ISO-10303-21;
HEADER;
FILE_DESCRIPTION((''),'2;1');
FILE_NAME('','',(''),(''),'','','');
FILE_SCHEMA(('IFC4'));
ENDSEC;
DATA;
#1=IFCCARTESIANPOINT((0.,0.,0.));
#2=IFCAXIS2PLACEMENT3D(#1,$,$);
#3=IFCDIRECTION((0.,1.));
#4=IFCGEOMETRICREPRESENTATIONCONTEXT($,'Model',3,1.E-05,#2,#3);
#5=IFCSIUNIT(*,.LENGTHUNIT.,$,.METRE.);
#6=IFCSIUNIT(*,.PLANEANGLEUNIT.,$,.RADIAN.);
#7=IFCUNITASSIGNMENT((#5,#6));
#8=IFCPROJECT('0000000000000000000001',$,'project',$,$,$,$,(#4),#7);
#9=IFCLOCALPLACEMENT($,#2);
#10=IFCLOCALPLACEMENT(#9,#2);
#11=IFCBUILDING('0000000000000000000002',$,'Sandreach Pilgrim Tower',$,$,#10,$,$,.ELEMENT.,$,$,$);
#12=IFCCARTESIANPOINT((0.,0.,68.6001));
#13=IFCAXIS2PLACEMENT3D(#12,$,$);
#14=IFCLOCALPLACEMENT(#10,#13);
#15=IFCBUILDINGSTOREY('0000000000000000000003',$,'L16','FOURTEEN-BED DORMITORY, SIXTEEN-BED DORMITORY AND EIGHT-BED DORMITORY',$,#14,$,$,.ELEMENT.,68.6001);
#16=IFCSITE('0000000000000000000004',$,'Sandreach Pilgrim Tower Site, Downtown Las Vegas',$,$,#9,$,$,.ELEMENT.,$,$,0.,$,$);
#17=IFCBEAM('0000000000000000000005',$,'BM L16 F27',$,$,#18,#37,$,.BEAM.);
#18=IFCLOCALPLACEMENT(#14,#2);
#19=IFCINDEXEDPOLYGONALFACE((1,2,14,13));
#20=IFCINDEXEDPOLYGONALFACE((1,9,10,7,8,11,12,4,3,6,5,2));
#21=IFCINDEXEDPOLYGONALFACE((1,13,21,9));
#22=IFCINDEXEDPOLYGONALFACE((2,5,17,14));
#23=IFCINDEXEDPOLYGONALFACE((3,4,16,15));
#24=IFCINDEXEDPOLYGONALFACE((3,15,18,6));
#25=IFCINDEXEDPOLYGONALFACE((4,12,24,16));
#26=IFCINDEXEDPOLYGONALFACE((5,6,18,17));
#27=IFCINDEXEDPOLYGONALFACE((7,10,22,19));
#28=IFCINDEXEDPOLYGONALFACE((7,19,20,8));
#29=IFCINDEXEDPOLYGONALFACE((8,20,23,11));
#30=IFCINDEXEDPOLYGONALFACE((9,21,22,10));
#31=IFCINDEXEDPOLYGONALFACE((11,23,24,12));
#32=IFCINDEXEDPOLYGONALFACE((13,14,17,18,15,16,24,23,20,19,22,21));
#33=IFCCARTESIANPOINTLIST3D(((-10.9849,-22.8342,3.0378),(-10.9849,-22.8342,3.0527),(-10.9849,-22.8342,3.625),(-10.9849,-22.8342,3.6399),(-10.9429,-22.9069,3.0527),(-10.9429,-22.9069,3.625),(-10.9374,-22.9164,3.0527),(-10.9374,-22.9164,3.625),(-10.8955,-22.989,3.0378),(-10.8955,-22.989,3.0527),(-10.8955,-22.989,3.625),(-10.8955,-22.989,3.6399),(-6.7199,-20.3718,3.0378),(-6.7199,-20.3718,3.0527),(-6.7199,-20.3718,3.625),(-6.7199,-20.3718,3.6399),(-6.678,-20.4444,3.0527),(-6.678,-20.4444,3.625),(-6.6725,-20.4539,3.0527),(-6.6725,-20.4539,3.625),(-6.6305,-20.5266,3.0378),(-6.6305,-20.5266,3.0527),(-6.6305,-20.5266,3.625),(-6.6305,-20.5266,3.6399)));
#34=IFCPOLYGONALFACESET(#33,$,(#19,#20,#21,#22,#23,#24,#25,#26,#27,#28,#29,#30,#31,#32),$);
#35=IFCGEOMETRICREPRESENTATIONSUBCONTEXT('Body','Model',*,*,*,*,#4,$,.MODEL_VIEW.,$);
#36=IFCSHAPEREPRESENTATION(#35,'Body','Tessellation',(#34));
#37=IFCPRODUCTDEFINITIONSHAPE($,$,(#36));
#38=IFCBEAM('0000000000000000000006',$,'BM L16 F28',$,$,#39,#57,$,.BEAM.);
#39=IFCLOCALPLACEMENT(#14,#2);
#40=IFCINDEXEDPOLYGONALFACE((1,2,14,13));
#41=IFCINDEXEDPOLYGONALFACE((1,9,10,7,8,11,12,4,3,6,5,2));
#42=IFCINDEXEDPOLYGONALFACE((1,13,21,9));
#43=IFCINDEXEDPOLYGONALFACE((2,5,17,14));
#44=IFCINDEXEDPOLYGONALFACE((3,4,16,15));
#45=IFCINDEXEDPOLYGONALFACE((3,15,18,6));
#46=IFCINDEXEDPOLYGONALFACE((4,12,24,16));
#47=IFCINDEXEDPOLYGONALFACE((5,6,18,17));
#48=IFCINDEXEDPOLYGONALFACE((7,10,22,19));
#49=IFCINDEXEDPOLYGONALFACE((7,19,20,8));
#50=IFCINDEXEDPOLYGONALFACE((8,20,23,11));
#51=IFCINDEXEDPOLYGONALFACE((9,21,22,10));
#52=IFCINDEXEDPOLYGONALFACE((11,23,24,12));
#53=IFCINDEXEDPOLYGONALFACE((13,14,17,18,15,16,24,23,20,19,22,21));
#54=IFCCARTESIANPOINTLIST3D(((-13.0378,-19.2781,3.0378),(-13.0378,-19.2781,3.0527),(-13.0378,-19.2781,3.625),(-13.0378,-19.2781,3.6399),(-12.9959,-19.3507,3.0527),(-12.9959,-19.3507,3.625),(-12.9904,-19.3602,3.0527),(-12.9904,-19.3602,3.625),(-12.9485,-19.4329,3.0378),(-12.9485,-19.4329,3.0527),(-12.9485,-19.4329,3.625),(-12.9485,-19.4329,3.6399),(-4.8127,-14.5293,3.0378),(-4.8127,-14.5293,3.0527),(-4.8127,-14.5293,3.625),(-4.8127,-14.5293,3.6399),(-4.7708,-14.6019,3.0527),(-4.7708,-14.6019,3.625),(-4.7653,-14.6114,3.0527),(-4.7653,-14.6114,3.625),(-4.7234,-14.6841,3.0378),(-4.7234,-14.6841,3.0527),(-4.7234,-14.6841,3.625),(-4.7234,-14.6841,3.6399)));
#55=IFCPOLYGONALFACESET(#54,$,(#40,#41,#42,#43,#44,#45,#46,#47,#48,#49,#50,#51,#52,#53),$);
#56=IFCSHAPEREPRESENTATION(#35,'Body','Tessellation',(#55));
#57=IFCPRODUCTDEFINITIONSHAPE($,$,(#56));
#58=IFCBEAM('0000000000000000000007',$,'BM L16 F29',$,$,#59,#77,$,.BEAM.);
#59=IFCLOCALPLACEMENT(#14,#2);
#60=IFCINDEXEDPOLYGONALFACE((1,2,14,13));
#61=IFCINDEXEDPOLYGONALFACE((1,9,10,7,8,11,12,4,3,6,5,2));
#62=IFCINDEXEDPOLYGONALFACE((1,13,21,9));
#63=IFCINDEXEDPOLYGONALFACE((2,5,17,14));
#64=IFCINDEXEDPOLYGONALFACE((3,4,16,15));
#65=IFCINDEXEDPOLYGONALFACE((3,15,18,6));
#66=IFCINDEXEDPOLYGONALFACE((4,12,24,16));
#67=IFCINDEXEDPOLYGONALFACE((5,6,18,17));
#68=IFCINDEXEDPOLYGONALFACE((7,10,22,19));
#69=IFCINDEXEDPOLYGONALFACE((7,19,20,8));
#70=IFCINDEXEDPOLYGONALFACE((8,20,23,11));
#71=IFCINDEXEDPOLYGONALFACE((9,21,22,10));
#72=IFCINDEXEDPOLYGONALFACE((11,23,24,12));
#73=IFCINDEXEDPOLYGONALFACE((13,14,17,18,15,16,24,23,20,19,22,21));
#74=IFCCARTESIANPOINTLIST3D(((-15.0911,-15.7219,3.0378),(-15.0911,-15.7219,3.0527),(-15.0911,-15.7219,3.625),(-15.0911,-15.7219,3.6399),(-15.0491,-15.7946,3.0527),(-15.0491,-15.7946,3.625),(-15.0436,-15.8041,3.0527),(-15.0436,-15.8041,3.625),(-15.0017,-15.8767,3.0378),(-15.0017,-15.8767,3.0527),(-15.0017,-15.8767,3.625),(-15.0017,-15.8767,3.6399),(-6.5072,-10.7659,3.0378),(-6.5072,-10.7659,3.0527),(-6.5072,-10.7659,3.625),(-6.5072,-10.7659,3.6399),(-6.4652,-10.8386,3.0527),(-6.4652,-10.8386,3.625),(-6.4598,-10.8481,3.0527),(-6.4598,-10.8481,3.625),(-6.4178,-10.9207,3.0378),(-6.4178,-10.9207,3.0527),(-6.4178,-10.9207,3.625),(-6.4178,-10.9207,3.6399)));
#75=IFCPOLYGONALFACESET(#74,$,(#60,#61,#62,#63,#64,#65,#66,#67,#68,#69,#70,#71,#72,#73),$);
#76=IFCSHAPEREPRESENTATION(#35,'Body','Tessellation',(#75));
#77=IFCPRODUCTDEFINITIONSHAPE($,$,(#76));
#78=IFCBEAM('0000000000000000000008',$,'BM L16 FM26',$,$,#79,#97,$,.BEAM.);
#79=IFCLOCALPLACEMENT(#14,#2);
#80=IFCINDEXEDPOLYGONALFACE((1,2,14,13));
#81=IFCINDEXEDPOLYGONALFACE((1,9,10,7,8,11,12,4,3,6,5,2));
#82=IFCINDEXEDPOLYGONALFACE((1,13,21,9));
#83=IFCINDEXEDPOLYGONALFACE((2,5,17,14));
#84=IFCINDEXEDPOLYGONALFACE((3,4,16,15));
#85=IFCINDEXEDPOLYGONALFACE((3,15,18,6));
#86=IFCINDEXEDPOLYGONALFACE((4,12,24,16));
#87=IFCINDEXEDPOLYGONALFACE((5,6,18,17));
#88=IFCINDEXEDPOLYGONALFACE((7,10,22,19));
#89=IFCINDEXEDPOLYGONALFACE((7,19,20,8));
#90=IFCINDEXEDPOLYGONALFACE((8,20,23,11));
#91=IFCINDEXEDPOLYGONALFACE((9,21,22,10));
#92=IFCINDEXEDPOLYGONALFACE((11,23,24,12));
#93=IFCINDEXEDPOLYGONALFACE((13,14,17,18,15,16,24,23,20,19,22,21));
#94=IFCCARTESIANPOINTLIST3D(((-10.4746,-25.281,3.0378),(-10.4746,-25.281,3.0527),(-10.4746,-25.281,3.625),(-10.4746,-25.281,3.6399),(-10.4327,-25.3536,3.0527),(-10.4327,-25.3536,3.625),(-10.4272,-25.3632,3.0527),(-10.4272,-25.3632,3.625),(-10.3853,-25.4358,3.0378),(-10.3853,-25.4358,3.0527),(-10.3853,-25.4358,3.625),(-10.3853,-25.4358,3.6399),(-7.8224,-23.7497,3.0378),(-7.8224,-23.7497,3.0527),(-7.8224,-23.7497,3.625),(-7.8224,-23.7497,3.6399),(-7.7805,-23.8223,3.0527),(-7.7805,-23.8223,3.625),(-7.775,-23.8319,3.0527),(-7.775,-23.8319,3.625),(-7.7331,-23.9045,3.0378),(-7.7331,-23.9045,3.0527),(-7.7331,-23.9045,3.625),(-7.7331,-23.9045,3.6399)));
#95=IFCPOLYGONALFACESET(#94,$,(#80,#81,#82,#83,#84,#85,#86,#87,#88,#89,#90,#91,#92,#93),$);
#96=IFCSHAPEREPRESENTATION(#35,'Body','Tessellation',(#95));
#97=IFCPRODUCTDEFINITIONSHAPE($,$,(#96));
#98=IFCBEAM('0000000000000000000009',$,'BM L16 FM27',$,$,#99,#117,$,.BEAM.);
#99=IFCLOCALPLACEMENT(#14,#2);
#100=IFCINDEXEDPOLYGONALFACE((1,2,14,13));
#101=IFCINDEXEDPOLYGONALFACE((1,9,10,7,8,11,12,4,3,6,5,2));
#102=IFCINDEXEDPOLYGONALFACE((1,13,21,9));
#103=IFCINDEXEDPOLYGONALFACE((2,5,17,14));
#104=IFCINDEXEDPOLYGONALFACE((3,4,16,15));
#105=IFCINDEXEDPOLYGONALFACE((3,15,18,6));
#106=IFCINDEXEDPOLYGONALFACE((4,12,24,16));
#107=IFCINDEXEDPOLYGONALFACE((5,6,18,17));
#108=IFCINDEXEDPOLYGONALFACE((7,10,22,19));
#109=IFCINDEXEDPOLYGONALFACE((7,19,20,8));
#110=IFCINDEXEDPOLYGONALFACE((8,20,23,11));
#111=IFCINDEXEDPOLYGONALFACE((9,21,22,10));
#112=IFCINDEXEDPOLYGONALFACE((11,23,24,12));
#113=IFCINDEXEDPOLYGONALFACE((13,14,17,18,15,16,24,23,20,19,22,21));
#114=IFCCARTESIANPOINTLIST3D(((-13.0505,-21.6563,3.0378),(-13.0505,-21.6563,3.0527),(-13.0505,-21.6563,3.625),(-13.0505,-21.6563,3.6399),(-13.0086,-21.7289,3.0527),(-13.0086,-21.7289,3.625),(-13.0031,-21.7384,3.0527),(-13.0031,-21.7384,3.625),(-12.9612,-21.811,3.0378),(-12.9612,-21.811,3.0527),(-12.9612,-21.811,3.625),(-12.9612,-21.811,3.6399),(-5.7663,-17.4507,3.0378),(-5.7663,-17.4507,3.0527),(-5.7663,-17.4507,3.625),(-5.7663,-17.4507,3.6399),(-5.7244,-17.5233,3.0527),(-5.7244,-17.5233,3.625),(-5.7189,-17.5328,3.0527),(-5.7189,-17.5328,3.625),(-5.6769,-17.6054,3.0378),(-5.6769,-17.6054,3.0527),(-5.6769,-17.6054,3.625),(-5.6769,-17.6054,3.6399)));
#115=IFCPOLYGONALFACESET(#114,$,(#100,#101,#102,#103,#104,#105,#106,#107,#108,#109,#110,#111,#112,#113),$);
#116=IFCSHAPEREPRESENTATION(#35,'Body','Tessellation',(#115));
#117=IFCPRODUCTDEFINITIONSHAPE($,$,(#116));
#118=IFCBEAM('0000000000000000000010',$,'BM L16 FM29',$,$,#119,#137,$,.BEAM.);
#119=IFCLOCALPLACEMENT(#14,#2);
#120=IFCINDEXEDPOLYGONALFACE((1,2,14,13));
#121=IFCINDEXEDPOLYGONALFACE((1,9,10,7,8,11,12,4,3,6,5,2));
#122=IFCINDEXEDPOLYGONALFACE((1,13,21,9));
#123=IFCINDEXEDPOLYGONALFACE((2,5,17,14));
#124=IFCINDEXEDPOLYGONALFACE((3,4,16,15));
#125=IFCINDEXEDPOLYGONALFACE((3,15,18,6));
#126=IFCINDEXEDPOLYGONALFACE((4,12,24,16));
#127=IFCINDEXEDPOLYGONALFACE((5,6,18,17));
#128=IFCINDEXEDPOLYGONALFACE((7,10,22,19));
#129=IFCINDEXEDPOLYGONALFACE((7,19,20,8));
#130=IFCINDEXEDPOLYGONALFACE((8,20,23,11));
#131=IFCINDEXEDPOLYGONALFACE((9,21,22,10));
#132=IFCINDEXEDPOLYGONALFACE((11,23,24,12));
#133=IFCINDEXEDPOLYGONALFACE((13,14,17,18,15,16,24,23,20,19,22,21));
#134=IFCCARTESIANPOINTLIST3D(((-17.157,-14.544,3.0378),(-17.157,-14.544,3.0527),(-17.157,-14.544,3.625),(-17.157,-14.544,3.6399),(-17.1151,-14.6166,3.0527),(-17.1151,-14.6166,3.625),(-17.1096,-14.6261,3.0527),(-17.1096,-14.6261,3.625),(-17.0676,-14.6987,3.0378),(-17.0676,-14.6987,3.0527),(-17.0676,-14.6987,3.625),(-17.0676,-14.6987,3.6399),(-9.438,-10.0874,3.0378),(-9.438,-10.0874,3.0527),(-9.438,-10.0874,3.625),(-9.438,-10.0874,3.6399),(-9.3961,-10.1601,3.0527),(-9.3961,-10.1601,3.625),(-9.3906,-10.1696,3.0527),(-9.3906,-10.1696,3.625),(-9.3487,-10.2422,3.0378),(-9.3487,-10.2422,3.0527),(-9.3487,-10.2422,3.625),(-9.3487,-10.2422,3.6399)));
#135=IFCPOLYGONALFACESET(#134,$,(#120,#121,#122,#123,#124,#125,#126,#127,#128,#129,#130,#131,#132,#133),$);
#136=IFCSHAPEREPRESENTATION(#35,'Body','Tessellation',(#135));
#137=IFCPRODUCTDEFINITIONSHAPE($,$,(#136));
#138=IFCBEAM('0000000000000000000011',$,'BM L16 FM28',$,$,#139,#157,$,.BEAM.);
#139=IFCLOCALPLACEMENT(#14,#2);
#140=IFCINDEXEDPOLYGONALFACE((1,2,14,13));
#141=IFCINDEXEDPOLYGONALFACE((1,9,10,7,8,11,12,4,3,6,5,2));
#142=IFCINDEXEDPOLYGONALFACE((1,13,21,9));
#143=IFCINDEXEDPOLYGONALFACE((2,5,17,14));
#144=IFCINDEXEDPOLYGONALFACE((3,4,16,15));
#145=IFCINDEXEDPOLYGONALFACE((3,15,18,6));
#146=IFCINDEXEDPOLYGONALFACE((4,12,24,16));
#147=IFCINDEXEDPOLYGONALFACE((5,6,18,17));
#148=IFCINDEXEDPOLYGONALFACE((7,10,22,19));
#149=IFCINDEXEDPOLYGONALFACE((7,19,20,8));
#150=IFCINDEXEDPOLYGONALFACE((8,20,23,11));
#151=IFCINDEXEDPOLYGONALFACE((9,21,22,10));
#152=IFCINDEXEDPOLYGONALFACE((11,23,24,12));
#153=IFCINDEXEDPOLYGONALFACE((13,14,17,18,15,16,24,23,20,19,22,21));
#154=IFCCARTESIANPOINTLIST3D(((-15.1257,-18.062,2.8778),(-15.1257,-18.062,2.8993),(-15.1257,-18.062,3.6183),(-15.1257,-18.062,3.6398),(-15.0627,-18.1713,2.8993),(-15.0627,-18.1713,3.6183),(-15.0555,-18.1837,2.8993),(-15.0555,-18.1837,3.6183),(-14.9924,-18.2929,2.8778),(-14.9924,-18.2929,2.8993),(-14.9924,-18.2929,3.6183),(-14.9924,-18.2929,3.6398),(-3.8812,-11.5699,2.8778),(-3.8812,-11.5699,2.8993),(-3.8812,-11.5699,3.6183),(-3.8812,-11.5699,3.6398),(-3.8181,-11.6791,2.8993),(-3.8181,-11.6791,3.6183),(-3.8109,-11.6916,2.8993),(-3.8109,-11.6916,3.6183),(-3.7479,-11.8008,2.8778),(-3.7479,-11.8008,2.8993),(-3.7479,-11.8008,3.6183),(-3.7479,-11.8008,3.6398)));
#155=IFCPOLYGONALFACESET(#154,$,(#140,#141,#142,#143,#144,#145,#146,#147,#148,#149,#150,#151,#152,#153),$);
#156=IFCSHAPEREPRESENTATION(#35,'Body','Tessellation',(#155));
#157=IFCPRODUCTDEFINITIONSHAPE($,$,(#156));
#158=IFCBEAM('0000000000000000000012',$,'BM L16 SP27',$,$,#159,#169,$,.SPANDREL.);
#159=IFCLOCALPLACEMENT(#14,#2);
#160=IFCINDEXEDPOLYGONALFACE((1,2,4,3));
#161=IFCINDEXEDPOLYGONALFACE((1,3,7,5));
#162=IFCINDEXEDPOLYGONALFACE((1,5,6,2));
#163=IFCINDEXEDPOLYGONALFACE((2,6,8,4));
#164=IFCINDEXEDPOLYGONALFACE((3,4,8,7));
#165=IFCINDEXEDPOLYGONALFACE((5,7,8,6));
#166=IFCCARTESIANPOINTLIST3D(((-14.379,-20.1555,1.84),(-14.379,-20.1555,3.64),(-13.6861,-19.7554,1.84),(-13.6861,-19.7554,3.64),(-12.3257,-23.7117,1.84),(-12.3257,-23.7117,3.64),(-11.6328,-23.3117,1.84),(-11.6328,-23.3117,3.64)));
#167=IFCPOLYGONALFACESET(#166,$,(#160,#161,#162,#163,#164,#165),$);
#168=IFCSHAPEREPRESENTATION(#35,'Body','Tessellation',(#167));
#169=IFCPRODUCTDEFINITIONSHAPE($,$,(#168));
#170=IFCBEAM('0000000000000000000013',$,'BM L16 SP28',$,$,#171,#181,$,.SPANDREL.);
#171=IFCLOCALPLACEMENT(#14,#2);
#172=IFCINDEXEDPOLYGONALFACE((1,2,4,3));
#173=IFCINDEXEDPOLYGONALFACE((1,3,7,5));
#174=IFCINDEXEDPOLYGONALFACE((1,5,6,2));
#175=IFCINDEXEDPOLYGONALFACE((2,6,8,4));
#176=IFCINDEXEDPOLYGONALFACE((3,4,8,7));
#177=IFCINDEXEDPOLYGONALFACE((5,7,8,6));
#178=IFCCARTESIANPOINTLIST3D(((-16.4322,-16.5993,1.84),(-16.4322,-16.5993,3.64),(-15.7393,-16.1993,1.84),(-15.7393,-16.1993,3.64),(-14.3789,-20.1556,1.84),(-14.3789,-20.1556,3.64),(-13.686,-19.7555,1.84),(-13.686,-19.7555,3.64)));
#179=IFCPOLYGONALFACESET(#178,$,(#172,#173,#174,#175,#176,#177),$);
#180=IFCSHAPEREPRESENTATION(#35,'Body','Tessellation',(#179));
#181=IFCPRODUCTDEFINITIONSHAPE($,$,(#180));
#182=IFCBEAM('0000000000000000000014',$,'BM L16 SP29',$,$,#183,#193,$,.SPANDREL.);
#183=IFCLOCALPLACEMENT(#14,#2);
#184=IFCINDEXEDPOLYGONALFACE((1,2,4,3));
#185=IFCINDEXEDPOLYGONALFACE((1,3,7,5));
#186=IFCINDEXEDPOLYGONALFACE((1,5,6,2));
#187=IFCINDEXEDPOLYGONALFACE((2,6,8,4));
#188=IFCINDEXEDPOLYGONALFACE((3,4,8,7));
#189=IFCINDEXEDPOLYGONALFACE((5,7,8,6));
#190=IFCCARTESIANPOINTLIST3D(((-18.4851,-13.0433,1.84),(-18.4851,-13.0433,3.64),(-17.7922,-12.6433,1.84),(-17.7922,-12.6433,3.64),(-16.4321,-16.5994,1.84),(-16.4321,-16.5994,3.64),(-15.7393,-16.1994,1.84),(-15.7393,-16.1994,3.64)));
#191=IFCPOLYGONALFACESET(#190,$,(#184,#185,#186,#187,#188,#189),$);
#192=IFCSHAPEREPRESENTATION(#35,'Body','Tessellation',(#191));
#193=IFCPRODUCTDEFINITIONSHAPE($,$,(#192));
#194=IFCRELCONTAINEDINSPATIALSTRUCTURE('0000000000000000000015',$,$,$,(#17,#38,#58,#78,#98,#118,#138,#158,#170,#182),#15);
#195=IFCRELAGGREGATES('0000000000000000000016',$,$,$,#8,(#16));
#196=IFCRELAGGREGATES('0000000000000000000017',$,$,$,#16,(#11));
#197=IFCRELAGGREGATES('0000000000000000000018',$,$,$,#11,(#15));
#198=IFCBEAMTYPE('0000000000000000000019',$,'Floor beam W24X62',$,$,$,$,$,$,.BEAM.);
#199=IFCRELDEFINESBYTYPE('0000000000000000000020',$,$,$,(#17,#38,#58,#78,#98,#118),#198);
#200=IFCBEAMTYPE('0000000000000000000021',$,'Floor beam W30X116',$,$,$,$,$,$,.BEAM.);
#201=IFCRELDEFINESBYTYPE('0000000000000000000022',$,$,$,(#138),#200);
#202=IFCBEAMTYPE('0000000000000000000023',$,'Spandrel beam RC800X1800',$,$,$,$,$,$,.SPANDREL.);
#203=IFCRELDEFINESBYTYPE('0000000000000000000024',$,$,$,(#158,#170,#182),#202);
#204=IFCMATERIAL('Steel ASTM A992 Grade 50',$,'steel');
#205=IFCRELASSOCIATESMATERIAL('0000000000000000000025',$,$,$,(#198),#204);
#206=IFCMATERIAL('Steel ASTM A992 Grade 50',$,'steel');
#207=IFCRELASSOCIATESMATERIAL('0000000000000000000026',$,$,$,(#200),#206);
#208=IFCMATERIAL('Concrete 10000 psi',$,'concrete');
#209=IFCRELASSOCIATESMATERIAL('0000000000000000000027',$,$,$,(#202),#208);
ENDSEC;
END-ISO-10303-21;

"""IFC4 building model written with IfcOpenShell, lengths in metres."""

from ifc_helpers import new_model, si_unit, direction, frame, origin, origin_2d, place, context, subcontext, project, spatial, rectangle, i_section, extrude, material, material_profile, profile_set, type_object, element, save


model = new_model("IFC4")

# Units and contexts
model_context = context("Model", 3, precision=1e-05, world=origin(), true_north=direction((0.0, 1.0)))
body_context = subcontext(model_context, "Body", "Model", "MODEL_VIEW")
ifc_project = project(units=[si_unit("LENGTHUNIT", "METRE"), si_unit("PLANEANGLEUNIT", "RADIAN")], contexts=[model_context])

# Site, building, storey
site_placement = place(None, origin())
site = spatial("IfcSite", under=ifc_project, at=site_placement, Name="Sandreach Pilgrim Tower Site, Downtown Las Vegas", CompositionType="ELEMENT", RefElevation=0.0)
building_placement = place(site_placement, origin())
building = spatial("IfcBuilding", under=site, at=building_placement, Name="Sandreach Pilgrim Tower", CompositionType="ELEMENT")
storey_placement = place(building_placement, frame((0.0, 0.0, 68.6001)))
storey = spatial("IfcBuildingStorey", under=building, at=storey_placement, Name="L16", Description="FOURTEEN-BED DORMITORY, SIXTEEN-BED DORMITORY AND EIGHT-BED DORMITORY", CompositionType="ELEMENT", Elevation=68.6001)

# Beams
ifc_material_1 = material(Name="Steel ASTM A992 Grade 50", Category="steel")
ifc_material_profile_1 = material_profile(ifc_material_1, i_section(OverallWidth=0.1787, OverallDepth=0.6021, WebThickness=0.011, FlangeThickness=0.0149, at=origin_2d()), Name="W24X62")
ifc_profile_set_1 = profile_set([ifc_material_profile_1], Name="Steel ASTM A992 Grade 50")
beam_type_1 = type_object("IfcBeamType", Name="Floor beam W24X62", PredefinedType="BEAM", material=ifc_profile_set_1)
beam_1_placement = place(storey_placement, frame((-10.9402, -22.9116, 3.3389), z_axis=(0.86602, 0.50001, 0.0), x_axis=(-0.50001, 0.86602, 0.0)))
element("IfcBeam", 1, at=beam_1_placement, inside=storey, type_object=beam_type_1, Name="BM L16 F27", PredefinedType="BEAM", context=body_context, shape_type="SweptSolid", body=[
    extrude(i_section(OverallWidth=0.1787, OverallDepth=0.6021, WebThickness=0.011, FlangeThickness=0.0149, at=origin_2d()), origin(), (0.0, 0.0, 1.0), 4.9248),
])
beam_2_placement = place(storey_placement, frame((-12.9932, -19.3555, 3.3389), z_axis=(0.866025, 0.500001, 0.0), x_axis=(-0.500001, 0.866025, 0.0)))
element("IfcBeam", 2, at=beam_2_placement, inside=storey, type_object=beam_type_1, Name="BM L16 F28", PredefinedType="BEAM", context=body_context, shape_type="SweptSolid", body=[
    extrude(i_section(OverallWidth=0.1787, OverallDepth=0.6021, WebThickness=0.011, FlangeThickness=0.0149, at=origin_2d()), origin(), (0.0, 0.0, 1.0), 9.4976),
])
beam_3_placement = place(storey_placement, frame((-15.0464, -15.7993, 3.3389), z_axis=(0.866022, 0.500007, 0.0), x_axis=(-0.500007, 0.866022, 0.0)))
element("IfcBeam", 3, at=beam_3_placement, inside=storey, type_object=beam_type_1, Name="BM L16 F29", PredefinedType="BEAM", context=body_context, shape_type="SweptSolid", body=[
    extrude(i_section(OverallWidth=0.1787, OverallDepth=0.6021, WebThickness=0.011, FlangeThickness=0.0149, at=origin_2d()), origin(), (0.0, 0.0, 1.0), 9.9119),
])
beam_4_placement = place(storey_placement, frame((-10.4299, -25.3584, 3.3389), z_axis=(0.866017, 0.500015, 0.0), x_axis=(-0.500015, 0.866017, 0.0)))
element("IfcBeam", 4, at=beam_4_placement, inside=storey, type_object=beam_type_1, Name="BM L16 FM26", PredefinedType="BEAM", context=body_context, shape_type="SweptSolid", body=[
    extrude(i_section(OverallWidth=0.1787, OverallDepth=0.6021, WebThickness=0.011, FlangeThickness=0.0149, at=origin_2d()), origin(), (0.0, 0.0, 1.0), 3.0625),
])
beam_5_placement = place(storey_placement, frame((-13.0059, -21.7336, 3.3389), z_axis=(0.866023, 0.500004, 0.0), x_axis=(-0.500004, 0.866023, 0.0)))
element("IfcBeam", 5, at=beam_5_placement, inside=storey, type_object=beam_type_1, Name="BM L16 FM27", PredefinedType="BEAM", context=body_context, shape_type="SweptSolid", body=[
    extrude(i_section(OverallWidth=0.1787, OverallDepth=0.6021, WebThickness=0.011, FlangeThickness=0.0149, at=origin_2d()), origin(), (0.0, 0.0, 1.0), 8.4111),
])
beam_6_placement = place(storey_placement, frame((-17.1123, -14.6213, 3.3389), z_axis=(0.866026, 0.499998, 0.0), x_axis=(-0.499998, 0.866026, 0.0)))
element("IfcBeam", 6, at=beam_6_placement, inside=storey, type_object=beam_type_1, Name="BM L16 FM29", PredefinedType="BEAM", context=body_context, shape_type="SweptSolid", body=[
    extrude(i_section(OverallWidth=0.1787, OverallDepth=0.6021, WebThickness=0.011, FlangeThickness=0.0149, at=origin_2d()), origin(), (0.0, 0.0, 1.0), 8.9131),
])
ifc_material_2 = material(Name="Steel ASTM A992 Grade 50", Category="steel")
ifc_material_profile_2 = material_profile(ifc_material_2, i_section(OverallWidth=0.2666, OverallDepth=0.762, WebThickness=0.0144, FlangeThickness=0.0215, at=origin_2d()), Name="W30X116")
ifc_profile_set_2 = profile_set([ifc_material_profile_2], Name="Steel ASTM A992 Grade 50")
beam_type_2 = type_object("IfcBeamType", Name="Floor beam W30X116", PredefinedType="BEAM", material=ifc_profile_set_2)
beam_7_placement = place(storey_placement, frame((-15.0591, -18.1775, 3.2588), z_axis=(0.866022, 0.500006, 0.0), x_axis=(-0.500006, 0.866022, 0.0)))
element("IfcBeam", 7, at=beam_7_placement, inside=storey, type_object=beam_type_2, Name="BM L16 FM28", PredefinedType="BEAM", context=body_context, shape_type="SweptSolid", body=[
    extrude(i_section(OverallWidth=0.2666, OverallDepth=0.762, WebThickness=0.0144, FlangeThickness=0.0215, at=origin_2d()), origin(), (0.0, 0.0, 1.0), 12.9841),
])
ifc_material_3 = material(Name="Concrete 10000 psi", Category="concrete")
ifc_material_profile_3 = material_profile(ifc_material_3, rectangle(XDim=0.8, YDim=1.8, at=origin_2d()), Name="RC800X1800")
ifc_profile_set_3 = profile_set([ifc_material_profile_3], Name="Concrete 10000 psi")
beam_type_3 = type_object("IfcBeamType", Name="Spandrel beam RC800X1800", PredefinedType="SPANDREL", material=ifc_profile_set_3)
for number, where, z_axis, x_axis, name in (
    (8, (-11.9792, -23.5117, 2.74), (-0.500014, 0.866017, 0.0), (-0.866017, -0.500014, 0.0), "BM L16 SP27"),
    (9, (-14.0325, -19.9556, 2.74), (-0.500014, 0.866017, 0.0), (-0.866017, -0.500014, 0.0), "BM L16 SP28"),
):
    element("IfcBeam", number, at=place(storey_placement, frame(where, z_axis=z_axis, x_axis=x_axis)), inside=storey, type_object=beam_type_3, Name=name, PredefinedType="SPANDREL", context=body_context, shape_type="SweptSolid", body=[
        extrude(rectangle(XDim=0.8, YDim=1.8, at=origin_2d()), origin(), (0.0, 0.0, 1.0), 4.1064),
    ])
beam_8_placement = place(storey_placement, frame((-16.0857, -16.3994, 2.74), z_axis=(-0.499969, 0.866043, 0.0), x_axis=(-0.866043, -0.499969, 0.0)))
element("IfcBeam", 10, at=beam_8_placement, inside=storey, type_object=beam_type_3, Name="BM L16 SP29", PredefinedType="SPANDREL", context=body_context, shape_type="SweptSolid", body=[
    extrude(rectangle(XDim=0.8, YDim=1.8, at=origin_2d()), origin(), (0.0, 0.0, 1.0), 4.1062),
])

save(model, "model.ifc")
